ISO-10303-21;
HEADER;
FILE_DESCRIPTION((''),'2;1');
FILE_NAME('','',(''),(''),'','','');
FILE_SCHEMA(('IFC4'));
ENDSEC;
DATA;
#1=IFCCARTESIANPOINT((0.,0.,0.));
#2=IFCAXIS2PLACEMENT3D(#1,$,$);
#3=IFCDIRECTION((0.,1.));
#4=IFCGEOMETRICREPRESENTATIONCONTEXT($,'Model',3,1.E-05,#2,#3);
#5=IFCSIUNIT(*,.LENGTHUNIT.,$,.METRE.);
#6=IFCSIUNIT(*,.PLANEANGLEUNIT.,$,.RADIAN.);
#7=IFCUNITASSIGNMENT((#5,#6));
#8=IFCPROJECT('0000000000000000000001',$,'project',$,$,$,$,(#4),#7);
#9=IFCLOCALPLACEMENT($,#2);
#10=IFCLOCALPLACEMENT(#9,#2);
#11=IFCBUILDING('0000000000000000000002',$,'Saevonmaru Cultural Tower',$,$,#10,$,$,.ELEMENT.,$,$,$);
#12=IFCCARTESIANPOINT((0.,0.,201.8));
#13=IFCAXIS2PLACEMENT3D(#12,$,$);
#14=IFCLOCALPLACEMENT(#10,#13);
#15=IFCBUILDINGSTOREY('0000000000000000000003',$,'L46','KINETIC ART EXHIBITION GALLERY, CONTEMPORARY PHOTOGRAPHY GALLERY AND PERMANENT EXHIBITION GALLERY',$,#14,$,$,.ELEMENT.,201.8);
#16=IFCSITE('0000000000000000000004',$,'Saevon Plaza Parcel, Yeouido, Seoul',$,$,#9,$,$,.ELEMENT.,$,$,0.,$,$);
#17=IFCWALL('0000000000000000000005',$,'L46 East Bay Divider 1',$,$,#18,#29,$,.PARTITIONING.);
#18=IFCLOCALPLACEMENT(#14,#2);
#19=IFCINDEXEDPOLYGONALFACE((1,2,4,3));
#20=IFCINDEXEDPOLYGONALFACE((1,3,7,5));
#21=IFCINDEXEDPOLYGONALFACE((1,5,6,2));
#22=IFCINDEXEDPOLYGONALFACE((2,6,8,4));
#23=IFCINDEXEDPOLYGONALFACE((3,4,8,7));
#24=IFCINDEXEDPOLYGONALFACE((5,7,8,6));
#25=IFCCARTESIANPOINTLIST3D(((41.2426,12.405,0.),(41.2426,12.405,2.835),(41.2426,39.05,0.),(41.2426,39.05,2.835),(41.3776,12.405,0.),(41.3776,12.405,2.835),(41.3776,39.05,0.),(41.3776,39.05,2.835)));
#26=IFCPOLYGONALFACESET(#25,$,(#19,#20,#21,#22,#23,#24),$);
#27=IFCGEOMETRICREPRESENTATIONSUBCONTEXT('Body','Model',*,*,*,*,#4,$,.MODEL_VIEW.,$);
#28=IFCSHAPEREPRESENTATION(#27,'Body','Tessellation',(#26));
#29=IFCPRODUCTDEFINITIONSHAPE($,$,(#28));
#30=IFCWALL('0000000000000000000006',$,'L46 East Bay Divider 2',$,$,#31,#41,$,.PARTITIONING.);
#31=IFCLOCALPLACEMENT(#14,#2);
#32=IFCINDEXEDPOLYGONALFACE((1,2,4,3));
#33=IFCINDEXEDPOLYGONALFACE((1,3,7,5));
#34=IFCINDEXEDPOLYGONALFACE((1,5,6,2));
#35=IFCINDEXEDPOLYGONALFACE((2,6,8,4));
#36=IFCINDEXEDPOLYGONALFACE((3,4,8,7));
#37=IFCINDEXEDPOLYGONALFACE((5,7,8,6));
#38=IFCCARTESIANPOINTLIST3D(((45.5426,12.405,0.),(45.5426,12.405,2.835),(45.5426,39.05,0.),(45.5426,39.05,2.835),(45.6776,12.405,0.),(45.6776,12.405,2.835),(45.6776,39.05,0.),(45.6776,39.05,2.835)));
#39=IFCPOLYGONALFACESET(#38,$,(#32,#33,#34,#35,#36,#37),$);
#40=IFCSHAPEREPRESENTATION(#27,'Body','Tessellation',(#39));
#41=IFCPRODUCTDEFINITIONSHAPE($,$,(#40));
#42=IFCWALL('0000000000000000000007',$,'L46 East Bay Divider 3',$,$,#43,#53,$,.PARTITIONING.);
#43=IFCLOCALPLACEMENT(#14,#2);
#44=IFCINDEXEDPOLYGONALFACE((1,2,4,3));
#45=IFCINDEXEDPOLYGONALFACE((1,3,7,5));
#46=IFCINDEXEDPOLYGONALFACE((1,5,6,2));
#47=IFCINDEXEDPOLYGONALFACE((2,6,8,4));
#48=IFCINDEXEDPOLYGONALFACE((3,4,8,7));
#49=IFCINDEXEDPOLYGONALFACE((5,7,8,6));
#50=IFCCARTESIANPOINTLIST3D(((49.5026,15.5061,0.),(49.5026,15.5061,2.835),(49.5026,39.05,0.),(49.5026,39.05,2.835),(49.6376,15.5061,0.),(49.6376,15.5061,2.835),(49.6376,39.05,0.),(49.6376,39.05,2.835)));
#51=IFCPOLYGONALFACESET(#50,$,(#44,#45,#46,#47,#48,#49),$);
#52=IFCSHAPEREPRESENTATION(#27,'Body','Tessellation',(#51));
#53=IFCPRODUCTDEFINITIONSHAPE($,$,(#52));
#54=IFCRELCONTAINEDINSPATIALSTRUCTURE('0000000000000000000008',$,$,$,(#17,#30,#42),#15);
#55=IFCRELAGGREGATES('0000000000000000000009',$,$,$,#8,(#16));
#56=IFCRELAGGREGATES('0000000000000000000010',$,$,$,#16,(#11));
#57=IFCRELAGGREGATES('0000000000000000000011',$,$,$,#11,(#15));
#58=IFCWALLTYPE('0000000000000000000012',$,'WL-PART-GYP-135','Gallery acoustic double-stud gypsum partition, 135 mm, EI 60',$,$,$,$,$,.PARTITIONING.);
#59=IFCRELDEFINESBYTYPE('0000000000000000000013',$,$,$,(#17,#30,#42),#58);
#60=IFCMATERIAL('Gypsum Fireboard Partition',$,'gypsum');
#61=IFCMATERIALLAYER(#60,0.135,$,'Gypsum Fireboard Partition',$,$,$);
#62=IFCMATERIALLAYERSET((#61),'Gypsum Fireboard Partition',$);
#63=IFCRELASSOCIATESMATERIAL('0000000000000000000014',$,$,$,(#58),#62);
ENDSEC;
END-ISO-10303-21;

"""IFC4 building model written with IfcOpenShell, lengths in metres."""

from ifc_helpers import new_model, si_unit, direction, frame, frame_2d, origin, place, context, subcontext, project, spatial, rectangle, extrude, material, layer, layer_set, type_object, element, save


model = new_model("IFC4")

# Units and contexts
model_context = context("Model", 3, precision=1e-05, world=origin(), true_north=direction((0.0, 1.0)))
body_context = subcontext(model_context, "Body", "Model", "MODEL_VIEW")
ifc_project = project(units=[si_unit("LENGTHUNIT", "METRE"), si_unit("PLANEANGLEUNIT", "RADIAN")], contexts=[model_context])

# Site, building, storey
site_placement = place(None, origin())
site = spatial("IfcSite", under=ifc_project, at=site_placement, Name="Saevon Plaza Parcel, Yeouido, Seoul", CompositionType="ELEMENT", RefElevation=0.0)
building_placement = place(site_placement, origin())
building = spatial("IfcBuilding", under=site, at=building_placement, Name="Saevonmaru Cultural Tower", CompositionType="ELEMENT")
storey_placement = place(building_placement, frame((0.0, 0.0, 201.8)))
storey = spatial("IfcBuildingStorey", under=building, at=storey_placement, Name="L46", Description="KINETIC ART EXHIBITION GALLERY, CONTEMPORARY PHOTOGRAPHY GALLERY AND PERMANENT EXHIBITION GALLERY", CompositionType="ELEMENT", Elevation=201.8)

# Walls
ifc_material_1 = material(Name="Gypsum Fireboard Partition", Category="gypsum")
ifc_layer_1 = layer(ifc_material_1, 0.135, Name="Gypsum Fireboard Partition")
ifc_layer_set_1 = layer_set([ifc_layer_1], Name="Gypsum Fireboard Partition")
wall_type_1 = type_object("IfcWallType", Name="WL-PART-GYP-135", Description="Gallery acoustic double-stud gypsum partition, 135 mm, EI 60", PredefinedType="PARTITIONING", material=ifc_layer_set_1)
for number, where, z_axis, x_axis, name in (
    (1, (41.3101, 12.405, 0.0), (0.0, 0.0, 1.0), (0.0, 1.0, 0.0), "L46 East Bay Divider 1"),
    (2, (45.6101, 12.405, 0.0), (0.0, 0.0, 1.0), (0.0, 1.0, 0.0), "L46 East Bay Divider 2"),
):
    element("IfcWall", number, at=place(storey_placement, frame(where, z_axis=z_axis, x_axis=x_axis)), inside=storey, type_object=wall_type_1, Name=name, PredefinedType="PARTITIONING", context=body_context, shape_type="SweptSolid", body=[
        extrude(rectangle(XDim=26.645, YDim=0.135, at=frame_2d((13.3225, 0.0))), origin(), (0.0, 0.0, 1.0), 2.835),
    ])
wall_1_placement = place(storey_placement, frame((49.5701, 15.5061, 0.0), z_axis=(0.0, 0.0, 1.0), x_axis=(0.0, 1.0, 0.0)))
element("IfcWall", 3, at=wall_1_placement, inside=storey, type_object=wall_type_1, Name="L46 East Bay Divider 3", PredefinedType="PARTITIONING", context=body_context, shape_type="SweptSolid", body=[
    extrude(rectangle(XDim=23.5439, YDim=0.135, at=frame_2d((11.772, 0.0))), origin(), (0.0, 0.0, 1.0), 2.835),
])

save(model, "model.ifc")
